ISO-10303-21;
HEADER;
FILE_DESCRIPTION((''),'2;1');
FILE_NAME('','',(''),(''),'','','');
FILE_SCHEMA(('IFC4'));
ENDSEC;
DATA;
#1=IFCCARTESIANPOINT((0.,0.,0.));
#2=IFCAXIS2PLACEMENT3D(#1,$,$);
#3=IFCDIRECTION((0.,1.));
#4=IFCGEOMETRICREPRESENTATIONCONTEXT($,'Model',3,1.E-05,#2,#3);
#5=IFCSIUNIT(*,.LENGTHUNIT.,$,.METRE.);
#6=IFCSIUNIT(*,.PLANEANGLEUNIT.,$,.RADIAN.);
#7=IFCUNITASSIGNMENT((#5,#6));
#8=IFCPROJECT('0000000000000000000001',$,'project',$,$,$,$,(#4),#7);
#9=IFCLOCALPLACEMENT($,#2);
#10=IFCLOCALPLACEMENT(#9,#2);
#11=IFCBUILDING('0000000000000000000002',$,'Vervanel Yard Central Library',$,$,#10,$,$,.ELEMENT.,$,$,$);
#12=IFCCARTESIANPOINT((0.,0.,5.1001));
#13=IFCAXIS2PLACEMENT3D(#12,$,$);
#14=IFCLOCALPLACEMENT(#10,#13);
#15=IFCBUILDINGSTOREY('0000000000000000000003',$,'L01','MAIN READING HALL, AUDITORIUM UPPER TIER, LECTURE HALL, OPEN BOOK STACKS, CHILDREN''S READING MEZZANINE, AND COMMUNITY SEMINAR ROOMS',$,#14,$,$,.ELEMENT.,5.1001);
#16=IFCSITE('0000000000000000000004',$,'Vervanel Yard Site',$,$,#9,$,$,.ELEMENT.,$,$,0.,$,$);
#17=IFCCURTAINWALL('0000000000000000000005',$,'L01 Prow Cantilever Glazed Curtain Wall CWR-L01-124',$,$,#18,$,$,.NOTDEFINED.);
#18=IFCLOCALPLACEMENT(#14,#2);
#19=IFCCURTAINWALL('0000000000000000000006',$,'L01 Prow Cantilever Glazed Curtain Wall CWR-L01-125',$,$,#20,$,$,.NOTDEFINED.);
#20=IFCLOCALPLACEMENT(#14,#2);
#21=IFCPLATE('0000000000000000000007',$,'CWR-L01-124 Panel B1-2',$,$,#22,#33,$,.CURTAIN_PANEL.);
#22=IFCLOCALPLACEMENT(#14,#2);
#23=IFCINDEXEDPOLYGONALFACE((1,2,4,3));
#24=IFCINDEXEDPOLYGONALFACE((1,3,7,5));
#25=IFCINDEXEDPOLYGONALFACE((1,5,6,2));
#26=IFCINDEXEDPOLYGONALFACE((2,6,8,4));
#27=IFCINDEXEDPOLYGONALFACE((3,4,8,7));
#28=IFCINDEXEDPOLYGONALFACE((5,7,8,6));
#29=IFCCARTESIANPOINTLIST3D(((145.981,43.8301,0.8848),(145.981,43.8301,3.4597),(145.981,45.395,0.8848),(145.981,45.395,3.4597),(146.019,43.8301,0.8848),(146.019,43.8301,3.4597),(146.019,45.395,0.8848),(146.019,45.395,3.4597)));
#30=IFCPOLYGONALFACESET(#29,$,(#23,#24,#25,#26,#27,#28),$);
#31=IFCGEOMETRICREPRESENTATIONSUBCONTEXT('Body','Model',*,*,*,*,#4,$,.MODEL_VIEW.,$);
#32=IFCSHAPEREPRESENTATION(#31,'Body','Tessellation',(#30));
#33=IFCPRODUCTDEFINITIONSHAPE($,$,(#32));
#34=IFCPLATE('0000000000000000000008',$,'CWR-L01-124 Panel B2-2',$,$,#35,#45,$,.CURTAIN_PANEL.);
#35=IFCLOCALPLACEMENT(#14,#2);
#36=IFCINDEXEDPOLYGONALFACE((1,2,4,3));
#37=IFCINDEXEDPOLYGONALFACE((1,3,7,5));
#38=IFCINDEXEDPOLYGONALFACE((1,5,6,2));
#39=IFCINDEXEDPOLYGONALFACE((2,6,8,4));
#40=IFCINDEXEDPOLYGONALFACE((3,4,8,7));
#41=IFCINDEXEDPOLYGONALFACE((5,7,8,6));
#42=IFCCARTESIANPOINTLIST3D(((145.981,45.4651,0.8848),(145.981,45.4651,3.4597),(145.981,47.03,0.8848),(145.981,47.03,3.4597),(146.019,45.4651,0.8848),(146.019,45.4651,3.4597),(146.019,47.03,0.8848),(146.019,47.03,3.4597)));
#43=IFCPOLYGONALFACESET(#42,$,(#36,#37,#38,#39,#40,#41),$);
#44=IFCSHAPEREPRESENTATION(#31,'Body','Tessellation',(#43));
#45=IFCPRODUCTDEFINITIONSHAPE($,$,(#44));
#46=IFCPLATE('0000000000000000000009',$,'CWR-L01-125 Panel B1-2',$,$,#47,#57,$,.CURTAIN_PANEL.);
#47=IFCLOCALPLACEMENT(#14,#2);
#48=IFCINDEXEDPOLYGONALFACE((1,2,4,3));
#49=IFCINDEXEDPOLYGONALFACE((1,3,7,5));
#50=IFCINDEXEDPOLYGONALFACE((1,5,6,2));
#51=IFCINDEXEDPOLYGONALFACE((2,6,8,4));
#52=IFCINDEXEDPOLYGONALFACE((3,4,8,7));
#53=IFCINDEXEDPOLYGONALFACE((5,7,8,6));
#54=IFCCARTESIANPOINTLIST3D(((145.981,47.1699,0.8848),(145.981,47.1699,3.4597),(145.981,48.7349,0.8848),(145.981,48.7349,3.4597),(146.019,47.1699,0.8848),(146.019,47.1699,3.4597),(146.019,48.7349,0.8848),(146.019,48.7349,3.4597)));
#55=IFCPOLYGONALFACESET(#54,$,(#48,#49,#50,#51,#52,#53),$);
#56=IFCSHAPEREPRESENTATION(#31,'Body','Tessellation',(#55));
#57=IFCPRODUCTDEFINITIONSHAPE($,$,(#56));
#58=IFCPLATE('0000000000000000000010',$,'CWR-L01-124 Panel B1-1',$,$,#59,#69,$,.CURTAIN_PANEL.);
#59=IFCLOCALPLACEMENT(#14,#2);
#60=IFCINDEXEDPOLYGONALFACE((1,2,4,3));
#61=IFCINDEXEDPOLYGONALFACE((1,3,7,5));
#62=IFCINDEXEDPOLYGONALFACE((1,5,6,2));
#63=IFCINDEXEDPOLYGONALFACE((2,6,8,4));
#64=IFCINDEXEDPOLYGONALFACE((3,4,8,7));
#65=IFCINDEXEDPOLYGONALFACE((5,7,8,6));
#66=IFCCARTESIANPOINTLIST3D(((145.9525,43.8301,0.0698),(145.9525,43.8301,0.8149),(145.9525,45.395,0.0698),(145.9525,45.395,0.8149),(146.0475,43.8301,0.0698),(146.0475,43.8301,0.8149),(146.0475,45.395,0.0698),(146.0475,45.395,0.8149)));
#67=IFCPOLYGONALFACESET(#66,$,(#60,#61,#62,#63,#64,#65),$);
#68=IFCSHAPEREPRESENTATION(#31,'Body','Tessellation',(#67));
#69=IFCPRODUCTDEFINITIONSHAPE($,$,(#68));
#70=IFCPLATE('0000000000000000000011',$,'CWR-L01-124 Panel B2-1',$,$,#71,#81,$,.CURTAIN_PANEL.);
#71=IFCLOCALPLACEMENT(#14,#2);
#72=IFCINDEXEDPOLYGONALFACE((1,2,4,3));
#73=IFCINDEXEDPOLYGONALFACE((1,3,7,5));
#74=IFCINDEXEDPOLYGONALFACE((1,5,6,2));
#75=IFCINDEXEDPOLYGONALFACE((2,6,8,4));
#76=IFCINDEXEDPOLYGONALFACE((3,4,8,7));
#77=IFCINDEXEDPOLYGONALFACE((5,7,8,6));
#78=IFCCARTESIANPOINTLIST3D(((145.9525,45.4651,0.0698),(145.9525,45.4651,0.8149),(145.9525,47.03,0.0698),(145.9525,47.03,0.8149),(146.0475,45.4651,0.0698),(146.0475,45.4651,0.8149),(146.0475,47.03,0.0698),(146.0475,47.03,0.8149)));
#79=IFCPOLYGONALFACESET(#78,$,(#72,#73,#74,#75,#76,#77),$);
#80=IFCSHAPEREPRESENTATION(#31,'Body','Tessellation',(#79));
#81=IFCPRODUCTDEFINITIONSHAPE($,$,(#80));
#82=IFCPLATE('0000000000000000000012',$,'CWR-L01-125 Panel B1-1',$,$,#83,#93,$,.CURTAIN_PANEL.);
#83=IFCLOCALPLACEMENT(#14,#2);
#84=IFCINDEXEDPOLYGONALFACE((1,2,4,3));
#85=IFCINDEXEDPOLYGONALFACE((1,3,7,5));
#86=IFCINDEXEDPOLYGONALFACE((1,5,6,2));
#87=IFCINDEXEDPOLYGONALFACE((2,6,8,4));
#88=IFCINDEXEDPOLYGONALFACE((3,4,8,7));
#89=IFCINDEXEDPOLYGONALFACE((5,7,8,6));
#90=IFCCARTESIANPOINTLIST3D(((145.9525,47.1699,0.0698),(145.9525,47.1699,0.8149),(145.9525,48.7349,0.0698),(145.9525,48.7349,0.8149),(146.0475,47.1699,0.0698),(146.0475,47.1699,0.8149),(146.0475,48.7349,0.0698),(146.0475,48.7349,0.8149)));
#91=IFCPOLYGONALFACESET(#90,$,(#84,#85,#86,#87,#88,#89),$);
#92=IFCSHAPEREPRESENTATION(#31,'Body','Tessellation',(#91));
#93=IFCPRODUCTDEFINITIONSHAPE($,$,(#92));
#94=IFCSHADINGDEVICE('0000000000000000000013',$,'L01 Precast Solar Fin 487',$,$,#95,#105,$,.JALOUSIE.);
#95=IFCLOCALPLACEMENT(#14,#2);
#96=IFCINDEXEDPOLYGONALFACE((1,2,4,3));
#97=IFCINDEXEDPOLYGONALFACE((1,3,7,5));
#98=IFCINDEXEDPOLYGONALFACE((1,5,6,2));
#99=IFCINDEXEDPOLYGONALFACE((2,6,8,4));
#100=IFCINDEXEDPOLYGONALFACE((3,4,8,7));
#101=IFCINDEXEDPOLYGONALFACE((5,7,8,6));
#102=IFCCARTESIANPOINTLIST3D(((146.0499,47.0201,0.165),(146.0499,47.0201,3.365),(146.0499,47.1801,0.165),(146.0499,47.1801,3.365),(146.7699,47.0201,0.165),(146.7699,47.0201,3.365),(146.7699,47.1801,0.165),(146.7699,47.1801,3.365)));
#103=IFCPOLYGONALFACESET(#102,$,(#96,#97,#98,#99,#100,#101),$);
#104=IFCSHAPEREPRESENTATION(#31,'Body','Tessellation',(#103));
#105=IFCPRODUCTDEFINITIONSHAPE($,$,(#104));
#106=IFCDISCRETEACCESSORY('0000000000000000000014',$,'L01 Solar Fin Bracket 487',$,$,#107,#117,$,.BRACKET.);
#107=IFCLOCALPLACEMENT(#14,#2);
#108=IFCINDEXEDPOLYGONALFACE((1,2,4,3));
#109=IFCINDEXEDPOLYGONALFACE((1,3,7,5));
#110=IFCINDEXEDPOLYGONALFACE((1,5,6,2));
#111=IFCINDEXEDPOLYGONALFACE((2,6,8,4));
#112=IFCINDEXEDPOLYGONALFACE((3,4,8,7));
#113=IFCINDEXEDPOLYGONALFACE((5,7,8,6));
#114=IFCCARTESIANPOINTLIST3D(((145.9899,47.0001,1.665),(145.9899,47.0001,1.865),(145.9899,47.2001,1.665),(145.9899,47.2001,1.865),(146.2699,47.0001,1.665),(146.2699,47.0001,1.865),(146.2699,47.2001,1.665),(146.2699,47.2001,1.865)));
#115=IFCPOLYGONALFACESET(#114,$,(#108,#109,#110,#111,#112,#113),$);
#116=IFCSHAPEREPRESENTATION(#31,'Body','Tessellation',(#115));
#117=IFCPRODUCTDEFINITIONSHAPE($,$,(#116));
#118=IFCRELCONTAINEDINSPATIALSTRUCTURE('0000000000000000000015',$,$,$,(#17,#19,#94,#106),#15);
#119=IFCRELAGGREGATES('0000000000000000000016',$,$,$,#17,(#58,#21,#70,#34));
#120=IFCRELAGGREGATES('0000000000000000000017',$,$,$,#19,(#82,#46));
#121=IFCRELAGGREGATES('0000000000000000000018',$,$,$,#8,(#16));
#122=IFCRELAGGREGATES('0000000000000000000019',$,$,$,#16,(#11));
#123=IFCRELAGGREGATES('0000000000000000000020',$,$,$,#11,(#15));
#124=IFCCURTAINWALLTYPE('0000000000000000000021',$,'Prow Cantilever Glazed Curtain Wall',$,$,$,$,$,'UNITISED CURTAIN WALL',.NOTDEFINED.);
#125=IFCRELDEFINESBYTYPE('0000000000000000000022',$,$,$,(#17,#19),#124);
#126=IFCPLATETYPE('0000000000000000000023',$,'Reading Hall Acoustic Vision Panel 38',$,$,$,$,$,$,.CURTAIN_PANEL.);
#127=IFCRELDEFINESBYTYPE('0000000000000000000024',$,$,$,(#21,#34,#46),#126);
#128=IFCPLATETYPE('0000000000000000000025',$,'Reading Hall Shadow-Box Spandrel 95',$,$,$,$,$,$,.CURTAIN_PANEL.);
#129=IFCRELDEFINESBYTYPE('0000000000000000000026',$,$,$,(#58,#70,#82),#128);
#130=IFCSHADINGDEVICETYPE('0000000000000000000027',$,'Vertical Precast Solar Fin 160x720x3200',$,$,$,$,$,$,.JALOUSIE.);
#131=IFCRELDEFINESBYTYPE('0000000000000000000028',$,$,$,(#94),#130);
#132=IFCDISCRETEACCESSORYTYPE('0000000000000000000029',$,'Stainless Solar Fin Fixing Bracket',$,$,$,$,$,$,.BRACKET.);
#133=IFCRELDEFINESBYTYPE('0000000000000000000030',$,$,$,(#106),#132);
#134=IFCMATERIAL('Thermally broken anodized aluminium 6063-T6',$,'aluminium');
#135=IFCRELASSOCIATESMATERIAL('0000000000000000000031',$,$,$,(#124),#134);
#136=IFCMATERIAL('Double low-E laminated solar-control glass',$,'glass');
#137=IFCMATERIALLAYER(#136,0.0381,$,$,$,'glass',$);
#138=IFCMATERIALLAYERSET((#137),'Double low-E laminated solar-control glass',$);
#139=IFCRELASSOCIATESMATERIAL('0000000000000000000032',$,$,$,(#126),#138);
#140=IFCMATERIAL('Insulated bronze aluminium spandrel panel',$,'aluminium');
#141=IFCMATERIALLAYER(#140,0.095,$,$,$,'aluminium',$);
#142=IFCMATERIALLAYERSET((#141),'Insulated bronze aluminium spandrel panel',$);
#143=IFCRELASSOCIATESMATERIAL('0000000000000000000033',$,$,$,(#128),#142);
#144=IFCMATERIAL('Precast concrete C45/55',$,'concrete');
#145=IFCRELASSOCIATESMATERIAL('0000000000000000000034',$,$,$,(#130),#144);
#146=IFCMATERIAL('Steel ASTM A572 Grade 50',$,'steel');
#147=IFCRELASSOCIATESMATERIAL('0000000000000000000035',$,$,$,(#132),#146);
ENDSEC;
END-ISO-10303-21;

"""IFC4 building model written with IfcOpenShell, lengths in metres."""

from ifc_helpers import new_model, si_unit, direction, frame, origin, origin_2d, place, context, subcontext, project, spatial, rectangle, extrude, material, layer, layer_set, type_object, element, aggregate, save


model = new_model("IFC4")

# Units and contexts
model_context = context("Model", 3, precision=1e-05, world=origin(), true_north=direction((0.0, 1.0)))
body_context = subcontext(model_context, "Body", "Model", "MODEL_VIEW")
ifc_project = project(units=[si_unit("LENGTHUNIT", "METRE"), si_unit("PLANEANGLEUNIT", "RADIAN")], contexts=[model_context])

# Site, building, storey
site_placement = place(None, origin())
site = spatial("IfcSite", under=ifc_project, at=site_placement, Name="Vervanel Yard Site", CompositionType="ELEMENT", RefElevation=0.0)
building_placement = place(site_placement, origin())
building = spatial("IfcBuilding", under=site, at=building_placement, Name="Vervanel Yard Central Library", CompositionType="ELEMENT")
storey_placement = place(building_placement, frame((0.0, 0.0, 5.1001)))
storey = spatial("IfcBuildingStorey", under=building, at=storey_placement, Name="L01", Description="MAIN READING HALL, AUDITORIUM UPPER TIER, LECTURE HALL, OPEN BOOK STACKS, CHILDREN'S READING MEZZANINE, AND COMMUNITY SEMINAR ROOMS", CompositionType="ELEMENT", Elevation=5.1001)

# Curtain walls
ifc_material_1 = material(Name="Thermally broken anodized aluminium 6063-T6", Category="aluminium")
curtain_wall_type = type_object("IfcCurtainWallType", Name="Prow Cantilever Glazed Curtain Wall", ElementType="UNITISED CURTAIN WALL", PredefinedType="NOTDEFINED", material=ifc_material_1)
curtain_wall_1_placement = place(storey_placement, origin())
curtain_wall_1 = element("IfcCurtainWall", 1, at=curtain_wall_1_placement, inside=storey, type_object=curtain_wall_type, Name="L01 Prow Cantilever Glazed Curtain Wall CWR-L01-124", PredefinedType="NOTDEFINED")
curtain_wall_2_placement = place(storey_placement, origin())
curtain_wall_2 = element("IfcCurtainWall", 2, at=curtain_wall_2_placement, inside=storey, type_object=curtain_wall_type, Name="L01 Prow Cantilever Glazed Curtain Wall CWR-L01-125", PredefinedType="NOTDEFINED")

# Plates
ifc_material_2 = material(Name="Double low-E laminated solar-control glass", Category="glass")
ifc_layer_1 = layer(ifc_material_2, 0.0381, Category="glass")
ifc_layer_set_1 = layer_set([ifc_layer_1], Name="Double low-E laminated solar-control glass")
plate_type_1 = type_object("IfcPlateType", Name="Reading Hall Acoustic Vision Panel 38", PredefinedType="CURTAIN_PANEL", material=ifc_layer_set_1)
plate_1_placement = place(storey_placement, frame((146.0, 44.6125, 0.8848), z_axis=(0.0, 0.0, 1.0), x_axis=(0.0, 1.0, 0.0)))
plate_1 = element("IfcPlate", 3, at=plate_1_placement, type_object=plate_type_1, Name="CWR-L01-124 Panel B1-2", PredefinedType="CURTAIN_PANEL", context=body_context, shape_type="SweptSolid", body=[
    extrude(rectangle(XDim=1.5649, YDim=0.0381, at=origin_2d()), origin(), (0.0, 0.0, 1.0), 2.575),
])
plate_2_placement = place(storey_placement, frame((146.0, 46.2476, 0.8848), z_axis=(0.0, 0.0, 1.0), x_axis=(0.0, 1.0, 0.0)))
plate_2 = element("IfcPlate", 4, at=plate_2_placement, type_object=plate_type_1, Name="CWR-L01-124 Panel B2-2", PredefinedType="CURTAIN_PANEL", context=body_context, shape_type="SweptSolid", body=[
    extrude(rectangle(XDim=1.5649, YDim=0.0381, at=origin_2d()), origin(), (0.0, 0.0, 1.0), 2.575),
])
plate_3_placement = place(storey_placement, frame((146.0, 47.9524, 0.8848), z_axis=(0.0, 0.0, 1.0), x_axis=(0.0, 1.0, 0.0)))
plate_3 = element("IfcPlate", 5, at=plate_3_placement, type_object=plate_type_1, Name="CWR-L01-125 Panel B1-2", PredefinedType="CURTAIN_PANEL", context=body_context, shape_type="SweptSolid", body=[
    extrude(rectangle(XDim=1.5649, YDim=0.0381, at=origin_2d()), origin(), (0.0, 0.0, 1.0), 2.575),
])
ifc_material_3 = material(Name="Insulated bronze aluminium spandrel panel", Category="aluminium")
ifc_layer_2 = layer(ifc_material_3, 0.095, Category="aluminium")
ifc_layer_set_2 = layer_set([ifc_layer_2], Name="Insulated bronze aluminium spandrel panel")
plate_type_2 = type_object("IfcPlateType", Name="Reading Hall Shadow-Box Spandrel 95", PredefinedType="CURTAIN_PANEL", material=ifc_layer_set_2)
plate_4_placement = place(storey_placement, frame((146.0, 44.6125, 0.0698), z_axis=(0.0, 0.0, 1.0), x_axis=(0.0, 1.0, 0.0)))
plate_4 = element("IfcPlate", 6, at=plate_4_placement, type_object=plate_type_2, Name="CWR-L01-124 Panel B1-1", PredefinedType="CURTAIN_PANEL", context=body_context, shape_type="SweptSolid", body=[
    extrude(rectangle(XDim=1.5649, YDim=0.095, at=origin_2d()), origin(), (0.0, 0.0, 1.0), 0.7451),
])
plate_5_placement = place(storey_placement, frame((146.0, 46.2476, 0.0698), z_axis=(0.0, 0.0, 1.0), x_axis=(0.0, 1.0, 0.0)))
plate_5 = element("IfcPlate", 7, at=plate_5_placement, type_object=plate_type_2, Name="CWR-L01-124 Panel B2-1", PredefinedType="CURTAIN_PANEL", context=body_context, shape_type="SweptSolid", body=[
    extrude(rectangle(XDim=1.5649, YDim=0.095, at=origin_2d()), origin(), (0.0, 0.0, 1.0), 0.7451),
])
aggregate(curtain_wall_1, [plate_4, plate_1, plate_5, plate_2])
plate_6_placement = place(storey_placement, frame((146.0, 47.9524, 0.0698), z_axis=(0.0, 0.0, 1.0), x_axis=(0.0, 1.0, 0.0)))
plate_6 = element("IfcPlate", 8, at=plate_6_placement, type_object=plate_type_2, Name="CWR-L01-125 Panel B1-1", PredefinedType="CURTAIN_PANEL", context=body_context, shape_type="SweptSolid", body=[
    extrude(rectangle(XDim=1.5649, YDim=0.095, at=origin_2d()), origin(), (0.0, 0.0, 1.0), 0.7451),
])
aggregate(curtain_wall_2, [plate_6, plate_3])

# Shading device
ifc_material_4 = material(Name="Precast concrete C45/55", Category="concrete")
shading_device_type = type_object("IfcShadingDeviceType", Name="Vertical Precast Solar Fin 160x720x3200", PredefinedType="JALOUSIE", material=ifc_material_4)
shading_device_placement = place(storey_placement, frame((146.4099, 47.1001, 0.165), z_axis=(0.0, 0.0, 1.0), x_axis=(0.0, 1.0, 0.0)))
element("IfcShadingDevice", 9, at=shading_device_placement, inside=storey, type_object=shading_device_type, Name="L01 Precast Solar Fin 487", PredefinedType="JALOUSIE", context=body_context, shape_type="SweptSolid", body=[
    extrude(rectangle(XDim=0.1599, YDim=0.72, at=origin_2d()), origin(), (0.0, 0.0, 1.0), 3.2),
])

# Discrete accessory
ifc_material_5 = material(Name="Steel ASTM A572 Grade 50", Category="steel")
discrete_accessory_type = type_object("IfcDiscreteAccessoryType", Name="Stainless Solar Fin Fixing Bracket", PredefinedType="BRACKET", material=ifc_material_5)
discrete_accessory_placement = place(storey_placement, frame((146.1299, 47.1001, 1.665), z_axis=(0.0, 0.0, 1.0), x_axis=(0.0, 1.0, 0.0)))
element("IfcDiscreteAccessory", 10, at=discrete_accessory_placement, inside=storey, type_object=discrete_accessory_type, Name="L01 Solar Fin Bracket 487", PredefinedType="BRACKET", context=body_context, shape_type="SweptSolid", body=[
    extrude(rectangle(XDim=0.2, YDim=0.28, at=origin_2d()), origin(), (0.0, 0.0, 1.0), 0.2),
])

save(model, "model.ifc")
